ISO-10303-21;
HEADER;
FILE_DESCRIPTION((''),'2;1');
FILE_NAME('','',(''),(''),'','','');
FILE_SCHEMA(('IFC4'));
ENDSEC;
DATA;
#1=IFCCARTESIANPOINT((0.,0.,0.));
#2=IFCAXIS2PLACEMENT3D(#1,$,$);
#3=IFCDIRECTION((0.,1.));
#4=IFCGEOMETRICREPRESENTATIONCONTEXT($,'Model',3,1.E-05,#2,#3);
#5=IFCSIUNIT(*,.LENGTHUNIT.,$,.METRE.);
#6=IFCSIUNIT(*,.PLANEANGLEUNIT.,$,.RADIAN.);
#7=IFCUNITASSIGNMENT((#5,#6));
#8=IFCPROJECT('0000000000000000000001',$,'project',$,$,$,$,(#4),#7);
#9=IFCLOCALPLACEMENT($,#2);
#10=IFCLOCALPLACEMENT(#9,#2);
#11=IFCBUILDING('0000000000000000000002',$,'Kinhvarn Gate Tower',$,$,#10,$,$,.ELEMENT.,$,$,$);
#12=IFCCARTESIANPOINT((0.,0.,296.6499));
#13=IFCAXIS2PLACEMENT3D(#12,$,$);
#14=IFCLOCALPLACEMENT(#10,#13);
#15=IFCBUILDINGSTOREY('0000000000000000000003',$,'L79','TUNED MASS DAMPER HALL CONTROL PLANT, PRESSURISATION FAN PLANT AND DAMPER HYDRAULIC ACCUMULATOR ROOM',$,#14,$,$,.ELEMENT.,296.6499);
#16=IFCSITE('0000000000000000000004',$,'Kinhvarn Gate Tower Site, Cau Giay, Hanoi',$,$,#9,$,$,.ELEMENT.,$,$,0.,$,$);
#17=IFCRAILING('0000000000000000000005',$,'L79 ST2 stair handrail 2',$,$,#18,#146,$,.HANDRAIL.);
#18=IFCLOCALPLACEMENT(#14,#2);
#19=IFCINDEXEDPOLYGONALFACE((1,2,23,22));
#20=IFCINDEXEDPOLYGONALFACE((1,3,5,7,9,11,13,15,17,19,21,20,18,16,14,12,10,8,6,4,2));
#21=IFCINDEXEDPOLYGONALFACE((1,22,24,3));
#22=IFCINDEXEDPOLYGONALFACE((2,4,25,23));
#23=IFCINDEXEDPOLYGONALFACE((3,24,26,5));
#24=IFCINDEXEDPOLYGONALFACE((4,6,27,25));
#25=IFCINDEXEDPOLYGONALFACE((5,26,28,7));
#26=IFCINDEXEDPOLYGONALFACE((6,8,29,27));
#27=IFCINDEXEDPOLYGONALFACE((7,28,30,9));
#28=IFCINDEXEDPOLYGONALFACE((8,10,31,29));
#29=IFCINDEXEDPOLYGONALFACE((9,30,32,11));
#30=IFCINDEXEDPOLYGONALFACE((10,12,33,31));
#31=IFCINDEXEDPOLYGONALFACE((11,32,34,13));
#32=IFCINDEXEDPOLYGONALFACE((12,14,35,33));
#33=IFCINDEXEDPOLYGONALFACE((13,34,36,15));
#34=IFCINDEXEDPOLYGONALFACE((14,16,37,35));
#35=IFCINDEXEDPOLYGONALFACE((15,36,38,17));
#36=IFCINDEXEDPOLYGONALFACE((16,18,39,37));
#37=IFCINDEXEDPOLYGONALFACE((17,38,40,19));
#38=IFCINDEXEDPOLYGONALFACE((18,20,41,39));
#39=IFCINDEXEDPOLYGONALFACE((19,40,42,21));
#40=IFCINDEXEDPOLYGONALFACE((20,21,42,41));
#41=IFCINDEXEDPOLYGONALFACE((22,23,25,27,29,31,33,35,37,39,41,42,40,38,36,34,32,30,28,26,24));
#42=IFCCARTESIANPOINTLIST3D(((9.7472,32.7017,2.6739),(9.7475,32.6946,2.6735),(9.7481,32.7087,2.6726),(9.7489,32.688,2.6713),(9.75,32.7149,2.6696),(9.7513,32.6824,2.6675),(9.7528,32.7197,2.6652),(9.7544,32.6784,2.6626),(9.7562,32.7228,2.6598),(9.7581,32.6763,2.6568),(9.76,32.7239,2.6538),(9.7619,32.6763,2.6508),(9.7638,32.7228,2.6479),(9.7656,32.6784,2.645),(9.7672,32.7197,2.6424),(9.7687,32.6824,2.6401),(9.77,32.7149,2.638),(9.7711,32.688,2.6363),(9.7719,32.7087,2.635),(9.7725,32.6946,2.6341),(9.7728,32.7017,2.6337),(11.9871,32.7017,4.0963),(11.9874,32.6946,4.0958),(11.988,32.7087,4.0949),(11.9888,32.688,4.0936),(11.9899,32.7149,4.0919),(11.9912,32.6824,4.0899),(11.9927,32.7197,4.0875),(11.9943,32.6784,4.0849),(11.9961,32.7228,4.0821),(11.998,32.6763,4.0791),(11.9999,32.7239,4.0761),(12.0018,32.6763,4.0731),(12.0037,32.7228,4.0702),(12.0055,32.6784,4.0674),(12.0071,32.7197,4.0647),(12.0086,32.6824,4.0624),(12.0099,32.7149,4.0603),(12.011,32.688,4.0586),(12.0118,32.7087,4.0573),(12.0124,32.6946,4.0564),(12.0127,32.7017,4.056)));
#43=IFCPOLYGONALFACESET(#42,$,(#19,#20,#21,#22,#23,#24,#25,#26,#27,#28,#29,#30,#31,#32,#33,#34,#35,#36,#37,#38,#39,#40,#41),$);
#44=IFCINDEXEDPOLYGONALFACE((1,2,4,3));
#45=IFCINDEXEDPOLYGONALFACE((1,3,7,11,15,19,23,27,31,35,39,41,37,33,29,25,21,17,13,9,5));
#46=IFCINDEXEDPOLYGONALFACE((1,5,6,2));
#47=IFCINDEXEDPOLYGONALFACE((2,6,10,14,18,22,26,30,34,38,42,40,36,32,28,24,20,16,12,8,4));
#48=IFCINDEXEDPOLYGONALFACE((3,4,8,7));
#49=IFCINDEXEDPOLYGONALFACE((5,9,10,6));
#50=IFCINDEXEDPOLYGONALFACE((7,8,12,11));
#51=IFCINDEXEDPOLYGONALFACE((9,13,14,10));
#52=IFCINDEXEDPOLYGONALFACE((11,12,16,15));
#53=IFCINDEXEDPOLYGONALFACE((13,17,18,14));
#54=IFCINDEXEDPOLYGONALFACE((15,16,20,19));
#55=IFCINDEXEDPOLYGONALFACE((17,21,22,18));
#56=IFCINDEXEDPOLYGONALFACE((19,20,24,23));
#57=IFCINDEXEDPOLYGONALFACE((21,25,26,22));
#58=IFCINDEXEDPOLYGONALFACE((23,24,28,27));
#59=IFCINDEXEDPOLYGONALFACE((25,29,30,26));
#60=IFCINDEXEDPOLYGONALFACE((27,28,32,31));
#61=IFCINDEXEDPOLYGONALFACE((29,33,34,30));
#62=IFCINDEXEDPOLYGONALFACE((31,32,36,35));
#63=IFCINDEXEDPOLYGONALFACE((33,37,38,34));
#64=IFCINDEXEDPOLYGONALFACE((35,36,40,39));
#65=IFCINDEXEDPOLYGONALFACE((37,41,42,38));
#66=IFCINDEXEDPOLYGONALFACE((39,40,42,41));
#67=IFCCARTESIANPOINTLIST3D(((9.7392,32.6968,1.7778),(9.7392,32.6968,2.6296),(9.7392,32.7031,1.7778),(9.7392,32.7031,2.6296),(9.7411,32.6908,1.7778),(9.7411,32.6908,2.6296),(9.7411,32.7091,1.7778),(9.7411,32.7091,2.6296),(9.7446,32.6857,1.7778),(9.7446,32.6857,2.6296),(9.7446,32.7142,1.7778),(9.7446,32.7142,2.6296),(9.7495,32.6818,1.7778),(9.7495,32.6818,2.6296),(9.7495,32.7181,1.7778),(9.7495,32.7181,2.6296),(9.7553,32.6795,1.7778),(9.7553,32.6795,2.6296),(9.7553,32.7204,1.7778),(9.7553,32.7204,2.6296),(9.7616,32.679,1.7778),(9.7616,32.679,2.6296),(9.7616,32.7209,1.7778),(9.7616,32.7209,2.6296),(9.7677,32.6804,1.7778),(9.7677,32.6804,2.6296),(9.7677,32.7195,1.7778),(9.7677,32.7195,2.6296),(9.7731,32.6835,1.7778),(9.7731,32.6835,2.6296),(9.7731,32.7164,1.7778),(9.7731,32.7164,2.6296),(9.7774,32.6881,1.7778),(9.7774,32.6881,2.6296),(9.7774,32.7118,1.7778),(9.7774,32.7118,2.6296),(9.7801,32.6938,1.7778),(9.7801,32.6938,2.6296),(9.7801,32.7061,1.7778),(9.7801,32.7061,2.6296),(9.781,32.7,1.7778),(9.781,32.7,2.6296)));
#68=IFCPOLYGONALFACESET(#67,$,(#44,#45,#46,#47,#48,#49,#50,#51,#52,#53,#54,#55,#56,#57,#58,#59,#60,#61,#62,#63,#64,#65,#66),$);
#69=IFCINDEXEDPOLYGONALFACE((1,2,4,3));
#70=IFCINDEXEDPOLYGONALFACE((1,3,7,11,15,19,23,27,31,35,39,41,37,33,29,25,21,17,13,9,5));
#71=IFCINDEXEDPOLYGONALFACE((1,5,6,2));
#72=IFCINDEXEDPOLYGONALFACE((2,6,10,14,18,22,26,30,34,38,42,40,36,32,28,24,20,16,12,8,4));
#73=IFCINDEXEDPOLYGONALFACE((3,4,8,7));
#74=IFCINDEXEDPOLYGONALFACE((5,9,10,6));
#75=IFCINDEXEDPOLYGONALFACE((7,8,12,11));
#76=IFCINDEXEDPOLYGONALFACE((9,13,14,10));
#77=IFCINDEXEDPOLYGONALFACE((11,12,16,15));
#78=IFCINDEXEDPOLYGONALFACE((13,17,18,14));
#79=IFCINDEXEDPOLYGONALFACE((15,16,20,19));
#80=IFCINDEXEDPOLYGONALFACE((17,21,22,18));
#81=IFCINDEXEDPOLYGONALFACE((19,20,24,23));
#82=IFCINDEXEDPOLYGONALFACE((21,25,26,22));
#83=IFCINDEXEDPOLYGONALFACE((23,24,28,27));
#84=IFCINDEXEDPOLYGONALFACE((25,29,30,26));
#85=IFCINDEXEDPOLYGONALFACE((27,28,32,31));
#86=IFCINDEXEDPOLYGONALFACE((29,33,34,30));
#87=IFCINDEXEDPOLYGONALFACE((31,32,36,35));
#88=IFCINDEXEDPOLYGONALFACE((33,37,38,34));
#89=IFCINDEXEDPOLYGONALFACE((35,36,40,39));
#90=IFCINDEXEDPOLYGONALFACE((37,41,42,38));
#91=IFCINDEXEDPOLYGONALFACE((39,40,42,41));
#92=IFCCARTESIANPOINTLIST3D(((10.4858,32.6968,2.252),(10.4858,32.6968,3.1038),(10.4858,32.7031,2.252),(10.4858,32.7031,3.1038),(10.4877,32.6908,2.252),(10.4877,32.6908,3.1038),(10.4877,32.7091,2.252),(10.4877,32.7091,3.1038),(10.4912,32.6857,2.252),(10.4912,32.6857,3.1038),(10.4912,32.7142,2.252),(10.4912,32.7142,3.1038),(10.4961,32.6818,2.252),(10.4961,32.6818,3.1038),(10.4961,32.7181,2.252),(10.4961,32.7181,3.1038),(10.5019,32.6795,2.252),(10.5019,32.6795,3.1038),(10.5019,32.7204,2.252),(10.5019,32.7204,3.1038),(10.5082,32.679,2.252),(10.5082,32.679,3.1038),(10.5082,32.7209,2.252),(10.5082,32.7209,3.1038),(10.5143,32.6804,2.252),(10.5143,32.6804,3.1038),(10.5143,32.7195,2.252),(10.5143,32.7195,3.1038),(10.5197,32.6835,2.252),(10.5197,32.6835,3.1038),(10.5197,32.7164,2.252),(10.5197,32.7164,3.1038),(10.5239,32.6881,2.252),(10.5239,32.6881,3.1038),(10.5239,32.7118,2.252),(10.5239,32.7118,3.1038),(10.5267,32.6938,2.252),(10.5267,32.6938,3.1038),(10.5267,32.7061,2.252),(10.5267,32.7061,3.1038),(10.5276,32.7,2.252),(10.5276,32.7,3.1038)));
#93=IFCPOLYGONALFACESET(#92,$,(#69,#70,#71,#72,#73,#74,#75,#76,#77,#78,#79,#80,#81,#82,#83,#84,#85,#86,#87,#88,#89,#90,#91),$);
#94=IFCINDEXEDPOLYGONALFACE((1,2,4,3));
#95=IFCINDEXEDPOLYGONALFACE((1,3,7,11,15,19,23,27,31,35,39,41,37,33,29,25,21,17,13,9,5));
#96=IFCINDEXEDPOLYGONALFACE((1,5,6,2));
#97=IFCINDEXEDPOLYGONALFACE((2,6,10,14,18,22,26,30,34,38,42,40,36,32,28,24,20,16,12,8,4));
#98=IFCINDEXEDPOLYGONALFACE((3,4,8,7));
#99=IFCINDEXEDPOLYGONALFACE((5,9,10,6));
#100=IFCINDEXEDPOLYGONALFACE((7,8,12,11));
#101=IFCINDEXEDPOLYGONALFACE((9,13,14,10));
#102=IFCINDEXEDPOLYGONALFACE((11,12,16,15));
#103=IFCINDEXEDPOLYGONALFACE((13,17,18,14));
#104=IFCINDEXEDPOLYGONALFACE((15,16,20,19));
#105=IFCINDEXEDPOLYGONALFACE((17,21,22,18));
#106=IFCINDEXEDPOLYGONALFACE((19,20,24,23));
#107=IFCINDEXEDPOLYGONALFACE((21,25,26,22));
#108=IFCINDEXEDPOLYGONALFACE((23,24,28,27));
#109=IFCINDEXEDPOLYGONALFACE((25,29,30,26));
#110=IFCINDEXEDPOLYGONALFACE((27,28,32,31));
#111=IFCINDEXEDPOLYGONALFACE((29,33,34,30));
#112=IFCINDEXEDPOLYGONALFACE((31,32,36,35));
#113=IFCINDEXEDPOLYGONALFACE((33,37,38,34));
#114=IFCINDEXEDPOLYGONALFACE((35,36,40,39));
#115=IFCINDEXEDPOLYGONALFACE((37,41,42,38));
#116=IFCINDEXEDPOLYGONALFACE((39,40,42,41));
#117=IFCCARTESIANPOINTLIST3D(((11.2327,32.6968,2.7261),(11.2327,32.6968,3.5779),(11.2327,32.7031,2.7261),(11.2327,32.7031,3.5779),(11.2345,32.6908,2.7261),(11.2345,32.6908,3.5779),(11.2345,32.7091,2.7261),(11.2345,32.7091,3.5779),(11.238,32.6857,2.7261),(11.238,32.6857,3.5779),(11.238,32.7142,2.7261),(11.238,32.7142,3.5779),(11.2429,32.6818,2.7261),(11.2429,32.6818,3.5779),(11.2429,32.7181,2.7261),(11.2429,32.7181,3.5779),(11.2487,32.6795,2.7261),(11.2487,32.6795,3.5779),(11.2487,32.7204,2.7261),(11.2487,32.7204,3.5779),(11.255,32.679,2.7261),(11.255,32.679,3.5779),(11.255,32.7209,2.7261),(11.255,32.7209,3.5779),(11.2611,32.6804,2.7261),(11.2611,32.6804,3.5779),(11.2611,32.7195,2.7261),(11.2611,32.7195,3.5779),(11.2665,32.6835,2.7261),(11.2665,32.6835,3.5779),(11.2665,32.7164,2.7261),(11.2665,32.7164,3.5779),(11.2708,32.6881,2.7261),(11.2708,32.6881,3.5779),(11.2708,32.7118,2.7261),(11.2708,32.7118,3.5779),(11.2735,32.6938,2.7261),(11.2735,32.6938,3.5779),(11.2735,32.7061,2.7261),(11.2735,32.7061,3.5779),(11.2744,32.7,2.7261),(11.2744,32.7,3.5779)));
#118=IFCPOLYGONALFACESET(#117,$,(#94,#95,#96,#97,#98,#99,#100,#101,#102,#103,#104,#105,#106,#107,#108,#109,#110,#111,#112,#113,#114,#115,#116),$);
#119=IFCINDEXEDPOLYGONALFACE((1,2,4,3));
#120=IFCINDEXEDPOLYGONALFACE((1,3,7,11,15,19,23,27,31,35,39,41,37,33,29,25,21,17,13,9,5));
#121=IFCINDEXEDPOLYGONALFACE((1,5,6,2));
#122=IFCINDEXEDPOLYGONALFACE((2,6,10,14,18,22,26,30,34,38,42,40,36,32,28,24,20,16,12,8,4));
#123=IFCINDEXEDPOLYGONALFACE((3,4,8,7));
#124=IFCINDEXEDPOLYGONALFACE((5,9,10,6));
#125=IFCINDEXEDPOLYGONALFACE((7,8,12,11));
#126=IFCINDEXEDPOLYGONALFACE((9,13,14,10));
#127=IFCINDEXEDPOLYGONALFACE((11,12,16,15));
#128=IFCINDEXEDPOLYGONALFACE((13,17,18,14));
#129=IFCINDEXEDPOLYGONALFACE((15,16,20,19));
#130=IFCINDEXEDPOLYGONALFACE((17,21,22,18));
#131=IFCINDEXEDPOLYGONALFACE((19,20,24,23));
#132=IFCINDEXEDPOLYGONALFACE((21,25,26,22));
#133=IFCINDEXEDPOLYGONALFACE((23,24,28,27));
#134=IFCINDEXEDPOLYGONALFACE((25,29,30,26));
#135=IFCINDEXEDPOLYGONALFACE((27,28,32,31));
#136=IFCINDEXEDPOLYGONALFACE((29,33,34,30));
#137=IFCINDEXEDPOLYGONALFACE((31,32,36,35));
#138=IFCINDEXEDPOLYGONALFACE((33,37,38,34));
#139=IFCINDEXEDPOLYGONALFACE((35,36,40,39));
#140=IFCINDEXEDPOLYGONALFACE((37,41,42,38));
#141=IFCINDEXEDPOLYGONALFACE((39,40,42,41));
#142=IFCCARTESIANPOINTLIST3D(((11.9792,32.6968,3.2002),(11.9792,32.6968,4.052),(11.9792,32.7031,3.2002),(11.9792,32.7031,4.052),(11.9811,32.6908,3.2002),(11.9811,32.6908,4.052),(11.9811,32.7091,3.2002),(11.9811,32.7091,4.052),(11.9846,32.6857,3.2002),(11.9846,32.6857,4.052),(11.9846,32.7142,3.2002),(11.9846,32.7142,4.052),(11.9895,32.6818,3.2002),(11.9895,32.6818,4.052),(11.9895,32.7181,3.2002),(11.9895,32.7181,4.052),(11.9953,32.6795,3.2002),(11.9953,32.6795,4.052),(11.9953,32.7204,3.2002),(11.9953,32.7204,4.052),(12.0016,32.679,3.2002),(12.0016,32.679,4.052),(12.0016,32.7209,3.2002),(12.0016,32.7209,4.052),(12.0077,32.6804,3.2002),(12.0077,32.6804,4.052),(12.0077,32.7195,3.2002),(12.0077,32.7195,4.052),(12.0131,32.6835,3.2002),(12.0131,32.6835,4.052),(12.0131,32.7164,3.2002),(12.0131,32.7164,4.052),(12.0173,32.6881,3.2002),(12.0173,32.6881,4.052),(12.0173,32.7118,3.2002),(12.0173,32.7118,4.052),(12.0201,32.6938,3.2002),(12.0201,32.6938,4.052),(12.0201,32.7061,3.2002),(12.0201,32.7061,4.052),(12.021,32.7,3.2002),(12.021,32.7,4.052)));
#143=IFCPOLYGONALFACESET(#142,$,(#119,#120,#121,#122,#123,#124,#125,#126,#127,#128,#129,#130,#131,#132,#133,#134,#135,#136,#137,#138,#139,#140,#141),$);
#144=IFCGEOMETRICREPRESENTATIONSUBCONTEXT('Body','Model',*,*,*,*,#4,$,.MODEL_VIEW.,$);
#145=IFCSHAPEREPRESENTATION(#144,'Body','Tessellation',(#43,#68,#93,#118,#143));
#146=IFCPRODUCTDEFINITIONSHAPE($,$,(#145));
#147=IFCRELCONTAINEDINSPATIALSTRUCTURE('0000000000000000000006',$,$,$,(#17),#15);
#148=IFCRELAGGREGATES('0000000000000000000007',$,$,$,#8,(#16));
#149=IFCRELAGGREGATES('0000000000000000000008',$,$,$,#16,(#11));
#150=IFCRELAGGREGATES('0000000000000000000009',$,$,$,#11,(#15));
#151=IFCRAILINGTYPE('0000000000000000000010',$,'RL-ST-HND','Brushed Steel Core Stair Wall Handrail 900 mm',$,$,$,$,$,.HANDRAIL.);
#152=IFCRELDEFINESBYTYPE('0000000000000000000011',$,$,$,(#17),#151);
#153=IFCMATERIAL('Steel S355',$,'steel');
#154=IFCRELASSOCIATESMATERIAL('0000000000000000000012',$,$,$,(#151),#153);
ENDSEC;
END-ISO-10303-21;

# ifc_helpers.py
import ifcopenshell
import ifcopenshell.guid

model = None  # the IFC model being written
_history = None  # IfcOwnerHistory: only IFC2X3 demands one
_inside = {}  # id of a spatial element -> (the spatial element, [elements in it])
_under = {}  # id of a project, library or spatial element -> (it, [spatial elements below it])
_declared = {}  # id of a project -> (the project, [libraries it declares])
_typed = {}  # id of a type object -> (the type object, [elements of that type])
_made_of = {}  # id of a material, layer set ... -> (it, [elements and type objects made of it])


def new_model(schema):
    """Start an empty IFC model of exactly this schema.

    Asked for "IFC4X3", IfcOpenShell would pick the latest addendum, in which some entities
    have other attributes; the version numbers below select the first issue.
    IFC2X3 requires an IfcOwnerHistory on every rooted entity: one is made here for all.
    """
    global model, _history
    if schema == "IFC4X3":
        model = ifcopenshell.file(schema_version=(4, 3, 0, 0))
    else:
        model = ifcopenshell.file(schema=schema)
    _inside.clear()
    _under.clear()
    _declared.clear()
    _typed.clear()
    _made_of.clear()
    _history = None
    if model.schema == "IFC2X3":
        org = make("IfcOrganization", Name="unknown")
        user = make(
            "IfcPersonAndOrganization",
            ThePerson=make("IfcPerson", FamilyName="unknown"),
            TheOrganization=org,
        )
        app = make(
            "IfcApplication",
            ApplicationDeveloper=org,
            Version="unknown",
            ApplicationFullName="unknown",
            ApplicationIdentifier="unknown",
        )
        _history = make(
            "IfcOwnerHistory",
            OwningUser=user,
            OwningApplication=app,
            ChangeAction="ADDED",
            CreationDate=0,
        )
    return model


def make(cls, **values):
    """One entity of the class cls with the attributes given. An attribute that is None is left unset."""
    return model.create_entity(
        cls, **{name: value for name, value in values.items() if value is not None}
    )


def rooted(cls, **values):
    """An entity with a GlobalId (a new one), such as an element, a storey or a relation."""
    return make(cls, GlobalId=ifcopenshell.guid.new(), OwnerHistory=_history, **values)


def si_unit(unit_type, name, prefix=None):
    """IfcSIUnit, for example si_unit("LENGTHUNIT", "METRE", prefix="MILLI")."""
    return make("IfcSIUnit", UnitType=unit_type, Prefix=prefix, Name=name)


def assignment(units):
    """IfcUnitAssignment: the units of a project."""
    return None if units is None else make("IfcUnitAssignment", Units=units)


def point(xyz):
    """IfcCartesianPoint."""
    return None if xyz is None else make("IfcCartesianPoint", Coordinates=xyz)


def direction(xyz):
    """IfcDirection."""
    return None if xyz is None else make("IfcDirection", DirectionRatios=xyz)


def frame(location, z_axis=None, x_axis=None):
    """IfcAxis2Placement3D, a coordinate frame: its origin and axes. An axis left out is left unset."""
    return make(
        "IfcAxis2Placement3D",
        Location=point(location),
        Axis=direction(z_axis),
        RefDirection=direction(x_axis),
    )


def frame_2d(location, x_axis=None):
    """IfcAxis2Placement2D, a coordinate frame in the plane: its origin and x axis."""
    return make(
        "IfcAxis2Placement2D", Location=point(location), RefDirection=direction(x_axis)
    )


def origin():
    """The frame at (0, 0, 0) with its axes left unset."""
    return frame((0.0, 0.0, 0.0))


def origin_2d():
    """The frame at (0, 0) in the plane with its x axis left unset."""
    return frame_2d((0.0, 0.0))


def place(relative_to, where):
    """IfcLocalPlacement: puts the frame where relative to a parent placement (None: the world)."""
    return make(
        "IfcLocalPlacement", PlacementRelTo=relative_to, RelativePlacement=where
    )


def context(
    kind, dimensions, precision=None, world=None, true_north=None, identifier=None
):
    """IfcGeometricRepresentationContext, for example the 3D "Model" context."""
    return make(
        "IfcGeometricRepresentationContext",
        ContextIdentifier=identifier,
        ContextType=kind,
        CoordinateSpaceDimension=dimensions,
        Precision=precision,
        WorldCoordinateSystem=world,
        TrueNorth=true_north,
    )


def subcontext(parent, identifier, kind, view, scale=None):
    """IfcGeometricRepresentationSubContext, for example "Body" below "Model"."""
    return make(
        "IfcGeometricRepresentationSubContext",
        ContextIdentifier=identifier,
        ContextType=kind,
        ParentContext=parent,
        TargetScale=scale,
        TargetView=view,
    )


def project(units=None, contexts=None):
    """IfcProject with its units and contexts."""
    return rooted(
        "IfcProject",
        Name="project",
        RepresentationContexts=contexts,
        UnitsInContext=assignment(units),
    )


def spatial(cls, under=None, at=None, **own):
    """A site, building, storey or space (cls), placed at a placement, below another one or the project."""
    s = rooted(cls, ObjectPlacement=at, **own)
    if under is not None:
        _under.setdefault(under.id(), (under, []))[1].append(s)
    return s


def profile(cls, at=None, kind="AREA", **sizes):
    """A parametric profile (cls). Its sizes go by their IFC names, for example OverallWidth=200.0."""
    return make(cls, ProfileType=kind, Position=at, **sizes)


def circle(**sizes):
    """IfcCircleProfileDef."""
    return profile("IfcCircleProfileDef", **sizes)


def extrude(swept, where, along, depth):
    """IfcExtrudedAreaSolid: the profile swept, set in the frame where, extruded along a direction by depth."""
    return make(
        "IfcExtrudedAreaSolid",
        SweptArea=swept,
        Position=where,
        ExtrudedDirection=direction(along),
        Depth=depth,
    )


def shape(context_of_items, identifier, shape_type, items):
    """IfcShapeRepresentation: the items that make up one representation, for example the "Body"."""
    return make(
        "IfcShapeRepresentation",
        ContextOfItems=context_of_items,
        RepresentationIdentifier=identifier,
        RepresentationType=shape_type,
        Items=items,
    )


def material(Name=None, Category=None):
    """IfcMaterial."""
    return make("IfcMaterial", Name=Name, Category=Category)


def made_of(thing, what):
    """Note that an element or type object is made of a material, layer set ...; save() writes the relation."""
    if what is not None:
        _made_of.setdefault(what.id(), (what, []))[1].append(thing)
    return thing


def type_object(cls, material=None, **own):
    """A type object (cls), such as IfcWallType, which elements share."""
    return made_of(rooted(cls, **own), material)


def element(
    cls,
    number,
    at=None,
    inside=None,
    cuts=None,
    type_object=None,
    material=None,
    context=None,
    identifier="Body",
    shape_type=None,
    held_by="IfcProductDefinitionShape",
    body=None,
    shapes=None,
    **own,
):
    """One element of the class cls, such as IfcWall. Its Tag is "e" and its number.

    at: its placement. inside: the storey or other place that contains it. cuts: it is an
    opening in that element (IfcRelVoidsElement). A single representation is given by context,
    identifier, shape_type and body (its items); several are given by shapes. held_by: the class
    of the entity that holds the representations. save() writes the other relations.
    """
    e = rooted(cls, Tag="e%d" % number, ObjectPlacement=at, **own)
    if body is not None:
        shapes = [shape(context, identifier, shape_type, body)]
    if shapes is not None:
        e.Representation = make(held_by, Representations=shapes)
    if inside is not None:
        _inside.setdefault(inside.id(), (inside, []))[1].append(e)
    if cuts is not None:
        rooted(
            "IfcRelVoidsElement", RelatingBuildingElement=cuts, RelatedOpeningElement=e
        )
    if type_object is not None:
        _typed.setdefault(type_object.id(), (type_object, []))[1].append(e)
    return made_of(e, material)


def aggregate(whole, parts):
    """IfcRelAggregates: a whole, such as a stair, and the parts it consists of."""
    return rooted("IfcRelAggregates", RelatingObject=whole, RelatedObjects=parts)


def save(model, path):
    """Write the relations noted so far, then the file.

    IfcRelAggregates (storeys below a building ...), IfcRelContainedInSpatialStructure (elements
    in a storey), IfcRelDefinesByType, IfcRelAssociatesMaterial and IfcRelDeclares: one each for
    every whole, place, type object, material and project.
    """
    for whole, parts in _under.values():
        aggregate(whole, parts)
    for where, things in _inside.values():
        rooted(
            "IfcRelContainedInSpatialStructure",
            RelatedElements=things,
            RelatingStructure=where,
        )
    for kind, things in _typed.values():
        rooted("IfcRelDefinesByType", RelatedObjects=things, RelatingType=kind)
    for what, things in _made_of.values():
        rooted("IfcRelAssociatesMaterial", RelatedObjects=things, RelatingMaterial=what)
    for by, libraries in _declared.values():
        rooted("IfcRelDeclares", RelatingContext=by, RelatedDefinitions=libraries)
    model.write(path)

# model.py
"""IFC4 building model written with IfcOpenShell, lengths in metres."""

from ifc_helpers import new_model, si_unit, direction, frame, origin, origin_2d, place, context, subcontext, project, spatial, circle, extrude, material, type_object, element, save


model = new_model("IFC4")

# Units and contexts
model_context = context("Model", 3, precision=1e-05, world=origin(), true_north=direction((0.0, 1.0)))
body_context = subcontext(model_context, "Body", "Model", "MODEL_VIEW")
ifc_project = project(units=[si_unit("LENGTHUNIT", "METRE"), si_unit("PLANEANGLEUNIT", "RADIAN")], contexts=[model_context])

# Site, building, storey
site_placement = place(None, origin())
site = spatial("IfcSite", under=ifc_project, at=site_placement, Name="Kinhvarn Gate Tower Site, Cau Giay, Hanoi", CompositionType="ELEMENT", RefElevation=0.0)
building_placement = place(site_placement, origin())
building = spatial("IfcBuilding", under=site, at=building_placement, Name="Kinhvarn Gate Tower", CompositionType="ELEMENT")
storey_placement = place(building_placement, frame((0.0, 0.0, 296.6499)))
storey = spatial("IfcBuildingStorey", under=building, at=storey_placement, Name="L79", Description="TUNED MASS DAMPER HALL CONTROL PLANT, PRESSURISATION FAN PLANT AND DAMPER HYDRAULIC ACCUMULATOR ROOM", CompositionType="ELEMENT", Elevation=296.6499)

# Railing
ifc_material_1 = material(Name="Steel S355", Category="steel")
railing_type = type_object("IfcRailingType", Name="RL-ST-HND", Description="Brushed Steel Core Stair Wall Handrail 900 mm", PredefinedType="HANDRAIL", material=ifc_material_1)
for number, where, name in (
    (1, (9.76, 32.7, 1.7778), "L79 ST2 stair handrail 2"),
):
    element("IfcRailing", number, at=place(storey_placement, frame(where)), inside=storey, type_object=railing_type, Name=name, PredefinedType="HANDRAIL", context=body_context, shape_type="SweptSolid", body=[
        extrude(circle(Radius=0.0239, at=origin_2d()), frame((0.0, 0.0, 0.876), z_axis=(0.844188, 0.0, 0.536048), x_axis=(0.0, 1.0, 0.0)), (0.0, 0.0, 1.0), 2.6533),
        extrude(circle(Radius=0.021, at=origin_2d()), origin(), (0.0, 0.0, 1.0), 0.8518),
        extrude(circle(Radius=0.021, at=origin_2d()), frame((0.7466, 0.0, 0.4741)), (0.0, 0.0, 1.0), 0.8518),
        extrude(circle(Radius=0.021, at=origin_2d()), frame((1.4934, 0.0, 0.9482)), (0.0, 0.0, 1.0), 0.8518),
        extrude(circle(Radius=0.021, at=origin_2d()), frame((2.24, 0.0, 1.4224)), (0.0, 0.0, 1.0), 0.8518),
    ])

save(model, "model.ifc")
